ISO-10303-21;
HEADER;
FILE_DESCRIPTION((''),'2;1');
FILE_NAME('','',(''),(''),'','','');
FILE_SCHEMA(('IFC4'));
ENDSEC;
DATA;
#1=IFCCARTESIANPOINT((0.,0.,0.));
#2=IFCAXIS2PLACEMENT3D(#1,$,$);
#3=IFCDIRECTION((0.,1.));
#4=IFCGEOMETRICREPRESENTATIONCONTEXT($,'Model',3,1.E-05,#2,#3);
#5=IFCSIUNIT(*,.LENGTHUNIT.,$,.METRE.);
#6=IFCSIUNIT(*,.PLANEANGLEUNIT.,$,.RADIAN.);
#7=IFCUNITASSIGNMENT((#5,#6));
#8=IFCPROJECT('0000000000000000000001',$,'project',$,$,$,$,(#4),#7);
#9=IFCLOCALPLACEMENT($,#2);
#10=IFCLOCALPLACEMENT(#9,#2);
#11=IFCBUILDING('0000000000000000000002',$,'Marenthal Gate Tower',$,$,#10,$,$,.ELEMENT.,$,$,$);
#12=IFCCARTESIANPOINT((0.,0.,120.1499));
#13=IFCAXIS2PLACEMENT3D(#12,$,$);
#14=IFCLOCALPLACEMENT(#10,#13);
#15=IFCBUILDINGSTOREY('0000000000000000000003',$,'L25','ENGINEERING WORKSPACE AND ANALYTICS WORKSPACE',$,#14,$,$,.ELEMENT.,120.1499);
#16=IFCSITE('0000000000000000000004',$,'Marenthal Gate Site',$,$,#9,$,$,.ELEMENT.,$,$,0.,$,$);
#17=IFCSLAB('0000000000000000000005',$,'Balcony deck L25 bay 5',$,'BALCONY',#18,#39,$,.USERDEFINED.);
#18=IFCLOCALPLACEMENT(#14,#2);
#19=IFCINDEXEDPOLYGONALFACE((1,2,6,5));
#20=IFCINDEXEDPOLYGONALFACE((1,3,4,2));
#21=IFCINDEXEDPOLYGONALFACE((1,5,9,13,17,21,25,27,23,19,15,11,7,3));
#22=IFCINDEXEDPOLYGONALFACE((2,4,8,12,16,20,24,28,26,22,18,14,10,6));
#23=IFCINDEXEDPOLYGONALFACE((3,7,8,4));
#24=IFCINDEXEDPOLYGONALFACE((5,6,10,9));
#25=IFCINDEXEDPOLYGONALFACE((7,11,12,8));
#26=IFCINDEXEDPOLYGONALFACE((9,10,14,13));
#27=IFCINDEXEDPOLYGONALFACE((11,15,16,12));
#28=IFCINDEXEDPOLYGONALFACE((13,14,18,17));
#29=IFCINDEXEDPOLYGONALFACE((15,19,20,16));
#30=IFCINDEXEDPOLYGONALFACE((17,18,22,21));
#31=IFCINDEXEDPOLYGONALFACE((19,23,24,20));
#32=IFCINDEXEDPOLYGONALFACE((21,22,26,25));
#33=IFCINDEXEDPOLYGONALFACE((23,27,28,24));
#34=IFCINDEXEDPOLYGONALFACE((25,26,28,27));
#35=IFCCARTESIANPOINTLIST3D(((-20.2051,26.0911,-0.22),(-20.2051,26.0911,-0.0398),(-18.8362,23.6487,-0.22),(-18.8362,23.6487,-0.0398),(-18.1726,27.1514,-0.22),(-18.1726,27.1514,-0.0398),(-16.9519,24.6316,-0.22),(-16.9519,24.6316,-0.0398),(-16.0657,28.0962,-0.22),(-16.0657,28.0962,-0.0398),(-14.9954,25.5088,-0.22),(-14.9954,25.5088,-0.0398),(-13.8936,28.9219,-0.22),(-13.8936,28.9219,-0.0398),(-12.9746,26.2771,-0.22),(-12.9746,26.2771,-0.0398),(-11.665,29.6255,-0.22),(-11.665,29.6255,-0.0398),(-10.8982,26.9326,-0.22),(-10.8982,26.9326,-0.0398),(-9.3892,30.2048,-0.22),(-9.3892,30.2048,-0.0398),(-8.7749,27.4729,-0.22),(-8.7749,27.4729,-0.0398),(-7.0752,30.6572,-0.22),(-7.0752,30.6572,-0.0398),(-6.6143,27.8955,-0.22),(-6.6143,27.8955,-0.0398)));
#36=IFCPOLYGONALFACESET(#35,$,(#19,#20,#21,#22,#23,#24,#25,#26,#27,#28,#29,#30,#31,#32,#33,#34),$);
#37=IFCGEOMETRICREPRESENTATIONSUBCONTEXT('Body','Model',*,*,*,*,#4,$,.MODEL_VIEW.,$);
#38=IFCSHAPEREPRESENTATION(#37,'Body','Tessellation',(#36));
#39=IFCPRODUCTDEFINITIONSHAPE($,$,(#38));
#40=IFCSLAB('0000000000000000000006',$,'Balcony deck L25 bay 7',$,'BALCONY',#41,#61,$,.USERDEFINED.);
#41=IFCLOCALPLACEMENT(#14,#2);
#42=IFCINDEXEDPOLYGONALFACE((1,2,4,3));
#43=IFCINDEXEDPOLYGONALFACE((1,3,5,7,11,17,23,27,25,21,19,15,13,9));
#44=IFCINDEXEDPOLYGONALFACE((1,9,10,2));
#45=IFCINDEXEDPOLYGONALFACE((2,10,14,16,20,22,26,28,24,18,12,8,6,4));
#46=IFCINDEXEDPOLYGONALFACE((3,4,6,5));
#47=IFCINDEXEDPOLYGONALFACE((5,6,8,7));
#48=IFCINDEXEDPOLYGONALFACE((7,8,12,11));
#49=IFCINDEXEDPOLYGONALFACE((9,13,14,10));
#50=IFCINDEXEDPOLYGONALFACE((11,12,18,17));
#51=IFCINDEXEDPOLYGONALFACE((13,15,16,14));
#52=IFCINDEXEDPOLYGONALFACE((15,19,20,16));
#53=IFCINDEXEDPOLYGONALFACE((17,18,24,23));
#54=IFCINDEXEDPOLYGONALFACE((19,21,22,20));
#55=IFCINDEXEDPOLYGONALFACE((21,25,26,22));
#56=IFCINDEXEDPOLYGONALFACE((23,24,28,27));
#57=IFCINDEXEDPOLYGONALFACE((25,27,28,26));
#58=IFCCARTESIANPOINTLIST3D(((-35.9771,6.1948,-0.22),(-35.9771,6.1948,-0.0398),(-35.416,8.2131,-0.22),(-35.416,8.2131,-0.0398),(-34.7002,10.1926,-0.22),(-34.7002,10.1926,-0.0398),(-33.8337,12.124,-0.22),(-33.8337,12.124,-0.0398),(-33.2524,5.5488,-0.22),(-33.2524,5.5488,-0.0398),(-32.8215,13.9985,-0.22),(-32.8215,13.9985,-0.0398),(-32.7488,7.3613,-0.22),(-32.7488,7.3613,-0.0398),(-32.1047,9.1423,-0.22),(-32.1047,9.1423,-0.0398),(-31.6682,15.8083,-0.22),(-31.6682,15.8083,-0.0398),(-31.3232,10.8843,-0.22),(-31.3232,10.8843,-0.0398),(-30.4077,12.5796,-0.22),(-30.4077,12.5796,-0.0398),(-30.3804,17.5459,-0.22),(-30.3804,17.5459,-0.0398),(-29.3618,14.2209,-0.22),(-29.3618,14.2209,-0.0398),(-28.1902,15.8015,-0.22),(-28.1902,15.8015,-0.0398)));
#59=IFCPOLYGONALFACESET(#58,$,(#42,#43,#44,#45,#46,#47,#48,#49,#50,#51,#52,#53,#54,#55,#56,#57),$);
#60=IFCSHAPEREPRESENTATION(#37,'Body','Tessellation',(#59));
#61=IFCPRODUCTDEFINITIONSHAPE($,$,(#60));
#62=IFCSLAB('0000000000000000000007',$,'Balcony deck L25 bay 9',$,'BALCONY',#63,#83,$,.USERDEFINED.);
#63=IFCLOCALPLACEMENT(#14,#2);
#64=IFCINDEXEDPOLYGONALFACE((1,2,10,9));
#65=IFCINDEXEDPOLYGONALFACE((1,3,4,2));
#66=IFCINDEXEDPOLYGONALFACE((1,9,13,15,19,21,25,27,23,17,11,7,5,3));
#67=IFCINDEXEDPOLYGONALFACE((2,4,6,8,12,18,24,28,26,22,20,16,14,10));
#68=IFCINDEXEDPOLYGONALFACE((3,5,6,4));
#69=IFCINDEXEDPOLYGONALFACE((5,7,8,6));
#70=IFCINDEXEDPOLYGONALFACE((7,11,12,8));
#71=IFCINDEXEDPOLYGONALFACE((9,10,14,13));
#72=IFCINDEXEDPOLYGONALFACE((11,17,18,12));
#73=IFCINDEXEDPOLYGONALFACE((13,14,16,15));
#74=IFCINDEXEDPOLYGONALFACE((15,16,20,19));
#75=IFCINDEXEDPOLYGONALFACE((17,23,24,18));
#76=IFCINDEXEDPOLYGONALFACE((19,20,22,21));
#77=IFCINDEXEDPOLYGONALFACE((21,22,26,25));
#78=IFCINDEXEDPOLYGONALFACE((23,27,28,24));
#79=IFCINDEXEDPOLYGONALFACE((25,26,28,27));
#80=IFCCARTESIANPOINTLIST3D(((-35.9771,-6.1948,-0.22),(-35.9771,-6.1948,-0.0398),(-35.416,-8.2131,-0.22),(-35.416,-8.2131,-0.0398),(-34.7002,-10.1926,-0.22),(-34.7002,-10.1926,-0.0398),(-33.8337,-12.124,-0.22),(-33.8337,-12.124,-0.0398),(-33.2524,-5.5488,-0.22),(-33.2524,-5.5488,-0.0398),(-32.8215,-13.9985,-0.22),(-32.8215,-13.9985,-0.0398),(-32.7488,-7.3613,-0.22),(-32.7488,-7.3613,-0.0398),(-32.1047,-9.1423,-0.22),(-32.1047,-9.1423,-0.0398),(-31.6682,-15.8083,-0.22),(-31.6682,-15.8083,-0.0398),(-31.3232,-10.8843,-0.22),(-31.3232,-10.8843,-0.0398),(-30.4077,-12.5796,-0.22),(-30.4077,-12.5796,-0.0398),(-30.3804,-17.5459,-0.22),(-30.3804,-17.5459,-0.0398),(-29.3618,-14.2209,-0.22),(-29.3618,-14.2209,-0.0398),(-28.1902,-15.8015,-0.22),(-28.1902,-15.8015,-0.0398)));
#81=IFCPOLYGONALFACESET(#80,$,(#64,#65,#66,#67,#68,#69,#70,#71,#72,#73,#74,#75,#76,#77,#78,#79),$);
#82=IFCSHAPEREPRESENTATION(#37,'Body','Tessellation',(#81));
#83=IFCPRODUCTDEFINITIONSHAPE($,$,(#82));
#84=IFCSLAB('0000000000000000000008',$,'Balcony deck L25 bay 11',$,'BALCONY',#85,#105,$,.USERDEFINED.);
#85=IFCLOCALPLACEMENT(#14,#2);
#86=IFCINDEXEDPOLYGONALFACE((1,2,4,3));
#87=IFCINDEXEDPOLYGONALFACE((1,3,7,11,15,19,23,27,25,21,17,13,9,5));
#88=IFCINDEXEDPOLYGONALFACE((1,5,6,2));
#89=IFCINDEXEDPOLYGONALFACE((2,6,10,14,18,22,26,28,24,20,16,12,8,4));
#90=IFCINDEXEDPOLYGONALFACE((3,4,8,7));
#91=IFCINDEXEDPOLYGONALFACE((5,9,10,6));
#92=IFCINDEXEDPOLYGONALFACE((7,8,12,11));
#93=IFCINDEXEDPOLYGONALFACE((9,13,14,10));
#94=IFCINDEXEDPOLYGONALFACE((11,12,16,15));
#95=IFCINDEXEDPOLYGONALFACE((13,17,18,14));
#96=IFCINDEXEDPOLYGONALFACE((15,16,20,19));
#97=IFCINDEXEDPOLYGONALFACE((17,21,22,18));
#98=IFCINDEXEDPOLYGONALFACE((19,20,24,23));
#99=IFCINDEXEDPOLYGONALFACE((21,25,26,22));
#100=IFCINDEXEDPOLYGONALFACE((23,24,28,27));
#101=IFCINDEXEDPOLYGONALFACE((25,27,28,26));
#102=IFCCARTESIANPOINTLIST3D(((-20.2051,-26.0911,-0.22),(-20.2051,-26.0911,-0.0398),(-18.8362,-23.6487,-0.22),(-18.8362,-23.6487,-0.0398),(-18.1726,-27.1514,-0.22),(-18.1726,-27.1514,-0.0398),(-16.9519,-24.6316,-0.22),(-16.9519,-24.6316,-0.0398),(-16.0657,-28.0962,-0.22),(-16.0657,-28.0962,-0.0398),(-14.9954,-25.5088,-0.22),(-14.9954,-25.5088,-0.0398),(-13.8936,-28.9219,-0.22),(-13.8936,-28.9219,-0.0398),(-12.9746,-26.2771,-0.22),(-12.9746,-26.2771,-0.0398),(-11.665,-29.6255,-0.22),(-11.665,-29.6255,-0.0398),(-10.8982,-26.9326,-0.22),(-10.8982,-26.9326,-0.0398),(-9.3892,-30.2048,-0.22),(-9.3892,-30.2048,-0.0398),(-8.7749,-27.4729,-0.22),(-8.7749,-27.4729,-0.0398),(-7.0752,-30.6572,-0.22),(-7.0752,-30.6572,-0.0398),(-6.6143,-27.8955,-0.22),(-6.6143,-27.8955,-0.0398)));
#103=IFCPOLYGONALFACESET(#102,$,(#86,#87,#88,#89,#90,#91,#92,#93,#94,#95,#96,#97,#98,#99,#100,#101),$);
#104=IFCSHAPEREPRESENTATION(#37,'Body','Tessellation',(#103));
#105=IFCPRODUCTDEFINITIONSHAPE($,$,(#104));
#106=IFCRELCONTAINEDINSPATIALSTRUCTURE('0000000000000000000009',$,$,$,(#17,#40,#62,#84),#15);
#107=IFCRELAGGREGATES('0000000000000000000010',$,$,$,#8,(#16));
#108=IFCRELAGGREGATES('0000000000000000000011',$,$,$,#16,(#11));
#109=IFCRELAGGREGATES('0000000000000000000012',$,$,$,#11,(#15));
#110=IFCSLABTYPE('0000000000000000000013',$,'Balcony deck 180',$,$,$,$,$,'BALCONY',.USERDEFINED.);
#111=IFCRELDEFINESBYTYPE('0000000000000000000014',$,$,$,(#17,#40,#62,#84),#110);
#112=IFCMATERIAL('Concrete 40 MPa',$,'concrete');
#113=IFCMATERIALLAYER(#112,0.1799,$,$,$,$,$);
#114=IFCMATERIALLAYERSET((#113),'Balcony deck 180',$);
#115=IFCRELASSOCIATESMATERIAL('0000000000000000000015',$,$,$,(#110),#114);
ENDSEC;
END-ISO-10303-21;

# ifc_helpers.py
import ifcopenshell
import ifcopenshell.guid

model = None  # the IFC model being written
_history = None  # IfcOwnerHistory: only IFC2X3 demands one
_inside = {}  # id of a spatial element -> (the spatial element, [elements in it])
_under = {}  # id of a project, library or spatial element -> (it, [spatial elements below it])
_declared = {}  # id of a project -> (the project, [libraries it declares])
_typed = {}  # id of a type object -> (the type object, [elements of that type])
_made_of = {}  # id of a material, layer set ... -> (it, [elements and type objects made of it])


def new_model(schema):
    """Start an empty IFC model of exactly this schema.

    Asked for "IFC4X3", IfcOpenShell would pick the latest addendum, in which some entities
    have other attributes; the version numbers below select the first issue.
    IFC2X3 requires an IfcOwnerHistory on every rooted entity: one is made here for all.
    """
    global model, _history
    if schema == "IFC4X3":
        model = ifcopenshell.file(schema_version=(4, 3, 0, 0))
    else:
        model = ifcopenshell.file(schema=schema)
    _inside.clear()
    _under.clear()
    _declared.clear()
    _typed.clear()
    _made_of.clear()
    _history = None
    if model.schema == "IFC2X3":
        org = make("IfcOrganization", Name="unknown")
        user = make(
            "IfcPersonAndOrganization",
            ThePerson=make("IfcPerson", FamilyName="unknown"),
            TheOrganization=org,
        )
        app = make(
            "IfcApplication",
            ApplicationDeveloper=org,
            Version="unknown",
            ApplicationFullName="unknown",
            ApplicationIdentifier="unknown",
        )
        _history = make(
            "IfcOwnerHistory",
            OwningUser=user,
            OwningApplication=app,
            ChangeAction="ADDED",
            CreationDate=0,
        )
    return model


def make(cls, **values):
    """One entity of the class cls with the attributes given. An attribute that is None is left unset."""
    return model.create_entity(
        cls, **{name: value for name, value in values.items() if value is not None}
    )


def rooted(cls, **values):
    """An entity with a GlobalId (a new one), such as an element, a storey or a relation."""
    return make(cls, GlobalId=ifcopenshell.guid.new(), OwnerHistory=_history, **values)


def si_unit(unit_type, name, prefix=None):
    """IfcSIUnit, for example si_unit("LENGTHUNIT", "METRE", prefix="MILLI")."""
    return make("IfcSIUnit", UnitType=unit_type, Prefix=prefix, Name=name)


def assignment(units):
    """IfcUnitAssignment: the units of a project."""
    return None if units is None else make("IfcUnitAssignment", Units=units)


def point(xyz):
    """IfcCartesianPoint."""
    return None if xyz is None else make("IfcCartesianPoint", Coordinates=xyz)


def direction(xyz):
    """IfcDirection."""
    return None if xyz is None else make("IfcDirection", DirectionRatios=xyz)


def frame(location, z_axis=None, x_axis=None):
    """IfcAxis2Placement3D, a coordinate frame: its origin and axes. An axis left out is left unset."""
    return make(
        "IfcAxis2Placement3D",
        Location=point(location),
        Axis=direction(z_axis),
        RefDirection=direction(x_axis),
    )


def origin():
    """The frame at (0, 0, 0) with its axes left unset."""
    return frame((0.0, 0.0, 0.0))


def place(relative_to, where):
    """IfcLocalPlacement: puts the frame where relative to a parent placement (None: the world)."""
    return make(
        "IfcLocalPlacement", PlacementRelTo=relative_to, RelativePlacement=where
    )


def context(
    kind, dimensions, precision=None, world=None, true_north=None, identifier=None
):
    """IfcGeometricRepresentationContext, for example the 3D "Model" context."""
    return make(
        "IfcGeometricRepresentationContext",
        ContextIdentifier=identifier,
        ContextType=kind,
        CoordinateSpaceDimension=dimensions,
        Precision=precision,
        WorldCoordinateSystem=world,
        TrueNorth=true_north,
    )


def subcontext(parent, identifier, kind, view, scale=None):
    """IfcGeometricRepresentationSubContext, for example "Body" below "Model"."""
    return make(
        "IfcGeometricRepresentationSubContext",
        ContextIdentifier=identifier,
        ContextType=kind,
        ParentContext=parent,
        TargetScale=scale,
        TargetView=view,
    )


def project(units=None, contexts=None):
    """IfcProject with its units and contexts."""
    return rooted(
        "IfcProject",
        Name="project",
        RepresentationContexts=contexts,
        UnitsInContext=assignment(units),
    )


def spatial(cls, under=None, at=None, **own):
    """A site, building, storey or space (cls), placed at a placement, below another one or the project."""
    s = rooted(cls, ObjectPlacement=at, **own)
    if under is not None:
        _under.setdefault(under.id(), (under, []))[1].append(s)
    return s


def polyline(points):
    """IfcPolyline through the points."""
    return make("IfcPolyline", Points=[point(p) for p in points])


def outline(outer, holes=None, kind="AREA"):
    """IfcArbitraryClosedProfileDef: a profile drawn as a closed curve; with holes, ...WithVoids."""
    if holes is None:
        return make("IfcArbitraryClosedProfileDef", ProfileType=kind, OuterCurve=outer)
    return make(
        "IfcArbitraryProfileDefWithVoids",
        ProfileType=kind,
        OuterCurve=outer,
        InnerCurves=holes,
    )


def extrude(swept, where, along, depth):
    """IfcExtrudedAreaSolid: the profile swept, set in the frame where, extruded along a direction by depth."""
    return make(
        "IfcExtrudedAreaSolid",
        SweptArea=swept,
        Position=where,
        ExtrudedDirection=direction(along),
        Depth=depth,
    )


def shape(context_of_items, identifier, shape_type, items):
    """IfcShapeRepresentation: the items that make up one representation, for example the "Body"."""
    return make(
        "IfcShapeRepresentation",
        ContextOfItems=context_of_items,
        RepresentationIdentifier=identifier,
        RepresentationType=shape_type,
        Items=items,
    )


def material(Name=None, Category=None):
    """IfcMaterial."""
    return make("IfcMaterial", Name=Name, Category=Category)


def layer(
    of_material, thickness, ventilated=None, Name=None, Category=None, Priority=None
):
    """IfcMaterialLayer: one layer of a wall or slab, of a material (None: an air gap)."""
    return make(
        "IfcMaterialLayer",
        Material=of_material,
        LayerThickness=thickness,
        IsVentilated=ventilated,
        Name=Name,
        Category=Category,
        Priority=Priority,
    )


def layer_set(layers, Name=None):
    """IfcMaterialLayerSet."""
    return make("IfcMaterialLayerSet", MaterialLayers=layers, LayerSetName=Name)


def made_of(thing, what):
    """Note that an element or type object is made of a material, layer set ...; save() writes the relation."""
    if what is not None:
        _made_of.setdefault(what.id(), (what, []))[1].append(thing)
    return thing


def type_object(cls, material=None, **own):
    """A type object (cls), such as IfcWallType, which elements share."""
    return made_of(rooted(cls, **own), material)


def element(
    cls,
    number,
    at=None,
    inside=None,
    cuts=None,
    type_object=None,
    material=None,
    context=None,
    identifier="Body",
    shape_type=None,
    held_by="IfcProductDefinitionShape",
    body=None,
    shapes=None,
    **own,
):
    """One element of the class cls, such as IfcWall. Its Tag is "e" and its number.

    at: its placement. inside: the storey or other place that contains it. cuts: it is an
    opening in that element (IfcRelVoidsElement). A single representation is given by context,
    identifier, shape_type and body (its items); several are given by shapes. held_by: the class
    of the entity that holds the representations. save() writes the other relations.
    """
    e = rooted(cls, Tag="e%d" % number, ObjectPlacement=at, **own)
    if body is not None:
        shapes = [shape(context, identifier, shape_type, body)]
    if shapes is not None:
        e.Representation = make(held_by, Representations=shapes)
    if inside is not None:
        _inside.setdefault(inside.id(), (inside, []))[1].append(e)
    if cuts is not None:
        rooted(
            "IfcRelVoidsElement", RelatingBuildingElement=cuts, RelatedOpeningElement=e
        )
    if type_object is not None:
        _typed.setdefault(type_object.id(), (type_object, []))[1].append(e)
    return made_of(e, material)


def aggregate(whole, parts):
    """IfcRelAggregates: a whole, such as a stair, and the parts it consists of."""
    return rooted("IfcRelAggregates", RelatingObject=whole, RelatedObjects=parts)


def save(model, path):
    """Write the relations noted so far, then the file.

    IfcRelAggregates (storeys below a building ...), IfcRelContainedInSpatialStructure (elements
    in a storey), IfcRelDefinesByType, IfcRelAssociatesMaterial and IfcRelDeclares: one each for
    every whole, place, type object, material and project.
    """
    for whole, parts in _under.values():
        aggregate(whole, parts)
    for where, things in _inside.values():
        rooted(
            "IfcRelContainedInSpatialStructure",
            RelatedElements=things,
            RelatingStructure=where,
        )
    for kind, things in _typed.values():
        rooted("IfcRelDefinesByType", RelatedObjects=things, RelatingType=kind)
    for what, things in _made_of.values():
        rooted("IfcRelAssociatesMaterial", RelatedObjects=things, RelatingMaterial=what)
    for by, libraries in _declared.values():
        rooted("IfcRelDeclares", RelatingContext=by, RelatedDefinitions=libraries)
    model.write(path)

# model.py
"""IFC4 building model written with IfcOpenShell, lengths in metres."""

from ifc_helpers import new_model, si_unit, direction, frame, origin, place, context, subcontext, project, spatial, polyline, outline, extrude, material, layer, layer_set, type_object, element, save


model = new_model("IFC4")

# Units and contexts
model_context = context("Model", 3, precision=1e-05, world=origin(), true_north=direction((0.0, 1.0)))
body_context = subcontext(model_context, "Body", "Model", "MODEL_VIEW")
ifc_project = project(units=[si_unit("LENGTHUNIT", "METRE"), si_unit("PLANEANGLEUNIT", "RADIAN")], contexts=[model_context])

# Site, building, storey
site_placement = place(None, origin())
site = spatial("IfcSite", under=ifc_project, at=site_placement, Name="Marenthal Gate Site", CompositionType="ELEMENT", RefElevation=0.0)
building_placement = place(site_placement, origin())
building = spatial("IfcBuilding", under=site, at=building_placement, Name="Marenthal Gate Tower", CompositionType="ELEMENT")
storey_placement = place(building_placement, frame((0.0, 0.0, 120.1499)))
storey = spatial("IfcBuildingStorey", under=building, at=storey_placement, Name="L25", Description="ENGINEERING WORKSPACE AND ANALYTICS WORKSPACE", CompositionType="ELEMENT", Elevation=120.1499)

# Slabs
ifc_material_1 = material(Name="Concrete 40 MPa", Category="concrete")
ifc_layer_1 = layer(ifc_material_1, 0.1799)
ifc_layer_set_1 = layer_set([ifc_layer_1], Name="Balcony deck 180")
slab_type = type_object("IfcSlabType", Name="Balcony deck 180", ElementType="BALCONY", PredefinedType="USERDEFINED", material=ifc_layer_set_1)
slab_1_placement = place(storey_placement, frame((0.0, 0.0, -0.22)))
element("IfcSlab", 1, at=slab_1_placement, inside=storey, type_object=slab_type, Name="Balcony deck L25 bay 5", ObjectType="BALCONY", PredefinedType="USERDEFINED", context=body_context, shape_type="SweptSolid", body=[
    extrude(outline(polyline([(-6.6143, 27.8955), (-8.7749, 27.4729), (-10.8982, 26.9326), (-12.9746, 26.2771), (-14.9954, 25.5088), (-16.9519, 24.6316), (-18.8362, 23.6487), (-20.2051, 26.0911), (-18.1726, 27.1514), (-16.0657, 28.0962), (-13.8936, 28.9219), (-11.665, 29.6255), (-9.3892, 30.2048), (-7.0752, 30.6572), (-6.6143, 27.8955)])), origin(), (0.0, 0.0, 1.0), 0.1802),
])
slab_2_placement = place(storey_placement, frame((0.0, 0.0, -0.22)))
element("IfcSlab", 2, at=slab_2_placement, inside=storey, type_object=slab_type, Name="Balcony deck L25 bay 7", ObjectType="BALCONY", PredefinedType="USERDEFINED", context=body_context, shape_type="SweptSolid", body=[
    extrude(outline(polyline([(-28.1902, 15.8015), (-29.3618, 14.2209), (-30.4077, 12.5796), (-31.3232, 10.8843), (-32.1047, 9.1423), (-32.7488, 7.3613), (-33.2524, 5.5488), (-35.9771, 6.1948), (-35.416, 8.2131), (-34.7002, 10.1926), (-33.8337, 12.124), (-32.8215, 13.9985), (-31.6682, 15.8083), (-30.3804, 17.5459), (-28.1902, 15.8015)])), origin(), (0.0, 0.0, 1.0), 0.1802),
])
slab_3_placement = place(storey_placement, frame((0.0, 0.0, -0.22)))
element("IfcSlab", 3, at=slab_3_placement, inside=storey, type_object=slab_type, Name="Balcony deck L25 bay 9", ObjectType="BALCONY", PredefinedType="USERDEFINED", context=body_context, shape_type="SweptSolid", body=[
    extrude(outline(polyline([(-33.2524, -5.5488), (-32.7488, -7.3613), (-32.1047, -9.1423), (-31.3232, -10.8843), (-30.4077, -12.5796), (-29.3618, -14.2209), (-28.1902, -15.8015), (-30.3804, -17.5459), (-31.6682, -15.8083), (-32.8215, -13.9985), (-33.8337, -12.124), (-34.7002, -10.1926), (-35.416, -8.2131), (-35.9771, -6.1948), (-33.2524, -5.5488)])), origin(), (0.0, 0.0, 1.0), 0.1802),
])
slab_4_placement = place(storey_placement, frame((0.0, 0.0, -0.22)))
element("IfcSlab", 4, at=slab_4_placement, inside=storey, type_object=slab_type, Name="Balcony deck L25 bay 11", ObjectType="BALCONY", PredefinedType="USERDEFINED", context=body_context, shape_type="SweptSolid", body=[
    extrude(outline(polyline([(-18.8362, -23.6487), (-16.9519, -24.6316), (-14.9954, -25.5088), (-12.9746, -26.2771), (-10.8982, -26.9326), (-8.7749, -27.4729), (-6.6143, -27.8955), (-7.0752, -30.6572), (-9.3892, -30.2048), (-11.665, -29.6255), (-13.8936, -28.9219), (-16.0657, -28.0962), (-18.1726, -27.1514), (-20.2051, -26.0911), (-18.8362, -23.6487)])), origin(), (0.0, 0.0, 1.0), 0.1802),
])

save(model, "model.ifc")
